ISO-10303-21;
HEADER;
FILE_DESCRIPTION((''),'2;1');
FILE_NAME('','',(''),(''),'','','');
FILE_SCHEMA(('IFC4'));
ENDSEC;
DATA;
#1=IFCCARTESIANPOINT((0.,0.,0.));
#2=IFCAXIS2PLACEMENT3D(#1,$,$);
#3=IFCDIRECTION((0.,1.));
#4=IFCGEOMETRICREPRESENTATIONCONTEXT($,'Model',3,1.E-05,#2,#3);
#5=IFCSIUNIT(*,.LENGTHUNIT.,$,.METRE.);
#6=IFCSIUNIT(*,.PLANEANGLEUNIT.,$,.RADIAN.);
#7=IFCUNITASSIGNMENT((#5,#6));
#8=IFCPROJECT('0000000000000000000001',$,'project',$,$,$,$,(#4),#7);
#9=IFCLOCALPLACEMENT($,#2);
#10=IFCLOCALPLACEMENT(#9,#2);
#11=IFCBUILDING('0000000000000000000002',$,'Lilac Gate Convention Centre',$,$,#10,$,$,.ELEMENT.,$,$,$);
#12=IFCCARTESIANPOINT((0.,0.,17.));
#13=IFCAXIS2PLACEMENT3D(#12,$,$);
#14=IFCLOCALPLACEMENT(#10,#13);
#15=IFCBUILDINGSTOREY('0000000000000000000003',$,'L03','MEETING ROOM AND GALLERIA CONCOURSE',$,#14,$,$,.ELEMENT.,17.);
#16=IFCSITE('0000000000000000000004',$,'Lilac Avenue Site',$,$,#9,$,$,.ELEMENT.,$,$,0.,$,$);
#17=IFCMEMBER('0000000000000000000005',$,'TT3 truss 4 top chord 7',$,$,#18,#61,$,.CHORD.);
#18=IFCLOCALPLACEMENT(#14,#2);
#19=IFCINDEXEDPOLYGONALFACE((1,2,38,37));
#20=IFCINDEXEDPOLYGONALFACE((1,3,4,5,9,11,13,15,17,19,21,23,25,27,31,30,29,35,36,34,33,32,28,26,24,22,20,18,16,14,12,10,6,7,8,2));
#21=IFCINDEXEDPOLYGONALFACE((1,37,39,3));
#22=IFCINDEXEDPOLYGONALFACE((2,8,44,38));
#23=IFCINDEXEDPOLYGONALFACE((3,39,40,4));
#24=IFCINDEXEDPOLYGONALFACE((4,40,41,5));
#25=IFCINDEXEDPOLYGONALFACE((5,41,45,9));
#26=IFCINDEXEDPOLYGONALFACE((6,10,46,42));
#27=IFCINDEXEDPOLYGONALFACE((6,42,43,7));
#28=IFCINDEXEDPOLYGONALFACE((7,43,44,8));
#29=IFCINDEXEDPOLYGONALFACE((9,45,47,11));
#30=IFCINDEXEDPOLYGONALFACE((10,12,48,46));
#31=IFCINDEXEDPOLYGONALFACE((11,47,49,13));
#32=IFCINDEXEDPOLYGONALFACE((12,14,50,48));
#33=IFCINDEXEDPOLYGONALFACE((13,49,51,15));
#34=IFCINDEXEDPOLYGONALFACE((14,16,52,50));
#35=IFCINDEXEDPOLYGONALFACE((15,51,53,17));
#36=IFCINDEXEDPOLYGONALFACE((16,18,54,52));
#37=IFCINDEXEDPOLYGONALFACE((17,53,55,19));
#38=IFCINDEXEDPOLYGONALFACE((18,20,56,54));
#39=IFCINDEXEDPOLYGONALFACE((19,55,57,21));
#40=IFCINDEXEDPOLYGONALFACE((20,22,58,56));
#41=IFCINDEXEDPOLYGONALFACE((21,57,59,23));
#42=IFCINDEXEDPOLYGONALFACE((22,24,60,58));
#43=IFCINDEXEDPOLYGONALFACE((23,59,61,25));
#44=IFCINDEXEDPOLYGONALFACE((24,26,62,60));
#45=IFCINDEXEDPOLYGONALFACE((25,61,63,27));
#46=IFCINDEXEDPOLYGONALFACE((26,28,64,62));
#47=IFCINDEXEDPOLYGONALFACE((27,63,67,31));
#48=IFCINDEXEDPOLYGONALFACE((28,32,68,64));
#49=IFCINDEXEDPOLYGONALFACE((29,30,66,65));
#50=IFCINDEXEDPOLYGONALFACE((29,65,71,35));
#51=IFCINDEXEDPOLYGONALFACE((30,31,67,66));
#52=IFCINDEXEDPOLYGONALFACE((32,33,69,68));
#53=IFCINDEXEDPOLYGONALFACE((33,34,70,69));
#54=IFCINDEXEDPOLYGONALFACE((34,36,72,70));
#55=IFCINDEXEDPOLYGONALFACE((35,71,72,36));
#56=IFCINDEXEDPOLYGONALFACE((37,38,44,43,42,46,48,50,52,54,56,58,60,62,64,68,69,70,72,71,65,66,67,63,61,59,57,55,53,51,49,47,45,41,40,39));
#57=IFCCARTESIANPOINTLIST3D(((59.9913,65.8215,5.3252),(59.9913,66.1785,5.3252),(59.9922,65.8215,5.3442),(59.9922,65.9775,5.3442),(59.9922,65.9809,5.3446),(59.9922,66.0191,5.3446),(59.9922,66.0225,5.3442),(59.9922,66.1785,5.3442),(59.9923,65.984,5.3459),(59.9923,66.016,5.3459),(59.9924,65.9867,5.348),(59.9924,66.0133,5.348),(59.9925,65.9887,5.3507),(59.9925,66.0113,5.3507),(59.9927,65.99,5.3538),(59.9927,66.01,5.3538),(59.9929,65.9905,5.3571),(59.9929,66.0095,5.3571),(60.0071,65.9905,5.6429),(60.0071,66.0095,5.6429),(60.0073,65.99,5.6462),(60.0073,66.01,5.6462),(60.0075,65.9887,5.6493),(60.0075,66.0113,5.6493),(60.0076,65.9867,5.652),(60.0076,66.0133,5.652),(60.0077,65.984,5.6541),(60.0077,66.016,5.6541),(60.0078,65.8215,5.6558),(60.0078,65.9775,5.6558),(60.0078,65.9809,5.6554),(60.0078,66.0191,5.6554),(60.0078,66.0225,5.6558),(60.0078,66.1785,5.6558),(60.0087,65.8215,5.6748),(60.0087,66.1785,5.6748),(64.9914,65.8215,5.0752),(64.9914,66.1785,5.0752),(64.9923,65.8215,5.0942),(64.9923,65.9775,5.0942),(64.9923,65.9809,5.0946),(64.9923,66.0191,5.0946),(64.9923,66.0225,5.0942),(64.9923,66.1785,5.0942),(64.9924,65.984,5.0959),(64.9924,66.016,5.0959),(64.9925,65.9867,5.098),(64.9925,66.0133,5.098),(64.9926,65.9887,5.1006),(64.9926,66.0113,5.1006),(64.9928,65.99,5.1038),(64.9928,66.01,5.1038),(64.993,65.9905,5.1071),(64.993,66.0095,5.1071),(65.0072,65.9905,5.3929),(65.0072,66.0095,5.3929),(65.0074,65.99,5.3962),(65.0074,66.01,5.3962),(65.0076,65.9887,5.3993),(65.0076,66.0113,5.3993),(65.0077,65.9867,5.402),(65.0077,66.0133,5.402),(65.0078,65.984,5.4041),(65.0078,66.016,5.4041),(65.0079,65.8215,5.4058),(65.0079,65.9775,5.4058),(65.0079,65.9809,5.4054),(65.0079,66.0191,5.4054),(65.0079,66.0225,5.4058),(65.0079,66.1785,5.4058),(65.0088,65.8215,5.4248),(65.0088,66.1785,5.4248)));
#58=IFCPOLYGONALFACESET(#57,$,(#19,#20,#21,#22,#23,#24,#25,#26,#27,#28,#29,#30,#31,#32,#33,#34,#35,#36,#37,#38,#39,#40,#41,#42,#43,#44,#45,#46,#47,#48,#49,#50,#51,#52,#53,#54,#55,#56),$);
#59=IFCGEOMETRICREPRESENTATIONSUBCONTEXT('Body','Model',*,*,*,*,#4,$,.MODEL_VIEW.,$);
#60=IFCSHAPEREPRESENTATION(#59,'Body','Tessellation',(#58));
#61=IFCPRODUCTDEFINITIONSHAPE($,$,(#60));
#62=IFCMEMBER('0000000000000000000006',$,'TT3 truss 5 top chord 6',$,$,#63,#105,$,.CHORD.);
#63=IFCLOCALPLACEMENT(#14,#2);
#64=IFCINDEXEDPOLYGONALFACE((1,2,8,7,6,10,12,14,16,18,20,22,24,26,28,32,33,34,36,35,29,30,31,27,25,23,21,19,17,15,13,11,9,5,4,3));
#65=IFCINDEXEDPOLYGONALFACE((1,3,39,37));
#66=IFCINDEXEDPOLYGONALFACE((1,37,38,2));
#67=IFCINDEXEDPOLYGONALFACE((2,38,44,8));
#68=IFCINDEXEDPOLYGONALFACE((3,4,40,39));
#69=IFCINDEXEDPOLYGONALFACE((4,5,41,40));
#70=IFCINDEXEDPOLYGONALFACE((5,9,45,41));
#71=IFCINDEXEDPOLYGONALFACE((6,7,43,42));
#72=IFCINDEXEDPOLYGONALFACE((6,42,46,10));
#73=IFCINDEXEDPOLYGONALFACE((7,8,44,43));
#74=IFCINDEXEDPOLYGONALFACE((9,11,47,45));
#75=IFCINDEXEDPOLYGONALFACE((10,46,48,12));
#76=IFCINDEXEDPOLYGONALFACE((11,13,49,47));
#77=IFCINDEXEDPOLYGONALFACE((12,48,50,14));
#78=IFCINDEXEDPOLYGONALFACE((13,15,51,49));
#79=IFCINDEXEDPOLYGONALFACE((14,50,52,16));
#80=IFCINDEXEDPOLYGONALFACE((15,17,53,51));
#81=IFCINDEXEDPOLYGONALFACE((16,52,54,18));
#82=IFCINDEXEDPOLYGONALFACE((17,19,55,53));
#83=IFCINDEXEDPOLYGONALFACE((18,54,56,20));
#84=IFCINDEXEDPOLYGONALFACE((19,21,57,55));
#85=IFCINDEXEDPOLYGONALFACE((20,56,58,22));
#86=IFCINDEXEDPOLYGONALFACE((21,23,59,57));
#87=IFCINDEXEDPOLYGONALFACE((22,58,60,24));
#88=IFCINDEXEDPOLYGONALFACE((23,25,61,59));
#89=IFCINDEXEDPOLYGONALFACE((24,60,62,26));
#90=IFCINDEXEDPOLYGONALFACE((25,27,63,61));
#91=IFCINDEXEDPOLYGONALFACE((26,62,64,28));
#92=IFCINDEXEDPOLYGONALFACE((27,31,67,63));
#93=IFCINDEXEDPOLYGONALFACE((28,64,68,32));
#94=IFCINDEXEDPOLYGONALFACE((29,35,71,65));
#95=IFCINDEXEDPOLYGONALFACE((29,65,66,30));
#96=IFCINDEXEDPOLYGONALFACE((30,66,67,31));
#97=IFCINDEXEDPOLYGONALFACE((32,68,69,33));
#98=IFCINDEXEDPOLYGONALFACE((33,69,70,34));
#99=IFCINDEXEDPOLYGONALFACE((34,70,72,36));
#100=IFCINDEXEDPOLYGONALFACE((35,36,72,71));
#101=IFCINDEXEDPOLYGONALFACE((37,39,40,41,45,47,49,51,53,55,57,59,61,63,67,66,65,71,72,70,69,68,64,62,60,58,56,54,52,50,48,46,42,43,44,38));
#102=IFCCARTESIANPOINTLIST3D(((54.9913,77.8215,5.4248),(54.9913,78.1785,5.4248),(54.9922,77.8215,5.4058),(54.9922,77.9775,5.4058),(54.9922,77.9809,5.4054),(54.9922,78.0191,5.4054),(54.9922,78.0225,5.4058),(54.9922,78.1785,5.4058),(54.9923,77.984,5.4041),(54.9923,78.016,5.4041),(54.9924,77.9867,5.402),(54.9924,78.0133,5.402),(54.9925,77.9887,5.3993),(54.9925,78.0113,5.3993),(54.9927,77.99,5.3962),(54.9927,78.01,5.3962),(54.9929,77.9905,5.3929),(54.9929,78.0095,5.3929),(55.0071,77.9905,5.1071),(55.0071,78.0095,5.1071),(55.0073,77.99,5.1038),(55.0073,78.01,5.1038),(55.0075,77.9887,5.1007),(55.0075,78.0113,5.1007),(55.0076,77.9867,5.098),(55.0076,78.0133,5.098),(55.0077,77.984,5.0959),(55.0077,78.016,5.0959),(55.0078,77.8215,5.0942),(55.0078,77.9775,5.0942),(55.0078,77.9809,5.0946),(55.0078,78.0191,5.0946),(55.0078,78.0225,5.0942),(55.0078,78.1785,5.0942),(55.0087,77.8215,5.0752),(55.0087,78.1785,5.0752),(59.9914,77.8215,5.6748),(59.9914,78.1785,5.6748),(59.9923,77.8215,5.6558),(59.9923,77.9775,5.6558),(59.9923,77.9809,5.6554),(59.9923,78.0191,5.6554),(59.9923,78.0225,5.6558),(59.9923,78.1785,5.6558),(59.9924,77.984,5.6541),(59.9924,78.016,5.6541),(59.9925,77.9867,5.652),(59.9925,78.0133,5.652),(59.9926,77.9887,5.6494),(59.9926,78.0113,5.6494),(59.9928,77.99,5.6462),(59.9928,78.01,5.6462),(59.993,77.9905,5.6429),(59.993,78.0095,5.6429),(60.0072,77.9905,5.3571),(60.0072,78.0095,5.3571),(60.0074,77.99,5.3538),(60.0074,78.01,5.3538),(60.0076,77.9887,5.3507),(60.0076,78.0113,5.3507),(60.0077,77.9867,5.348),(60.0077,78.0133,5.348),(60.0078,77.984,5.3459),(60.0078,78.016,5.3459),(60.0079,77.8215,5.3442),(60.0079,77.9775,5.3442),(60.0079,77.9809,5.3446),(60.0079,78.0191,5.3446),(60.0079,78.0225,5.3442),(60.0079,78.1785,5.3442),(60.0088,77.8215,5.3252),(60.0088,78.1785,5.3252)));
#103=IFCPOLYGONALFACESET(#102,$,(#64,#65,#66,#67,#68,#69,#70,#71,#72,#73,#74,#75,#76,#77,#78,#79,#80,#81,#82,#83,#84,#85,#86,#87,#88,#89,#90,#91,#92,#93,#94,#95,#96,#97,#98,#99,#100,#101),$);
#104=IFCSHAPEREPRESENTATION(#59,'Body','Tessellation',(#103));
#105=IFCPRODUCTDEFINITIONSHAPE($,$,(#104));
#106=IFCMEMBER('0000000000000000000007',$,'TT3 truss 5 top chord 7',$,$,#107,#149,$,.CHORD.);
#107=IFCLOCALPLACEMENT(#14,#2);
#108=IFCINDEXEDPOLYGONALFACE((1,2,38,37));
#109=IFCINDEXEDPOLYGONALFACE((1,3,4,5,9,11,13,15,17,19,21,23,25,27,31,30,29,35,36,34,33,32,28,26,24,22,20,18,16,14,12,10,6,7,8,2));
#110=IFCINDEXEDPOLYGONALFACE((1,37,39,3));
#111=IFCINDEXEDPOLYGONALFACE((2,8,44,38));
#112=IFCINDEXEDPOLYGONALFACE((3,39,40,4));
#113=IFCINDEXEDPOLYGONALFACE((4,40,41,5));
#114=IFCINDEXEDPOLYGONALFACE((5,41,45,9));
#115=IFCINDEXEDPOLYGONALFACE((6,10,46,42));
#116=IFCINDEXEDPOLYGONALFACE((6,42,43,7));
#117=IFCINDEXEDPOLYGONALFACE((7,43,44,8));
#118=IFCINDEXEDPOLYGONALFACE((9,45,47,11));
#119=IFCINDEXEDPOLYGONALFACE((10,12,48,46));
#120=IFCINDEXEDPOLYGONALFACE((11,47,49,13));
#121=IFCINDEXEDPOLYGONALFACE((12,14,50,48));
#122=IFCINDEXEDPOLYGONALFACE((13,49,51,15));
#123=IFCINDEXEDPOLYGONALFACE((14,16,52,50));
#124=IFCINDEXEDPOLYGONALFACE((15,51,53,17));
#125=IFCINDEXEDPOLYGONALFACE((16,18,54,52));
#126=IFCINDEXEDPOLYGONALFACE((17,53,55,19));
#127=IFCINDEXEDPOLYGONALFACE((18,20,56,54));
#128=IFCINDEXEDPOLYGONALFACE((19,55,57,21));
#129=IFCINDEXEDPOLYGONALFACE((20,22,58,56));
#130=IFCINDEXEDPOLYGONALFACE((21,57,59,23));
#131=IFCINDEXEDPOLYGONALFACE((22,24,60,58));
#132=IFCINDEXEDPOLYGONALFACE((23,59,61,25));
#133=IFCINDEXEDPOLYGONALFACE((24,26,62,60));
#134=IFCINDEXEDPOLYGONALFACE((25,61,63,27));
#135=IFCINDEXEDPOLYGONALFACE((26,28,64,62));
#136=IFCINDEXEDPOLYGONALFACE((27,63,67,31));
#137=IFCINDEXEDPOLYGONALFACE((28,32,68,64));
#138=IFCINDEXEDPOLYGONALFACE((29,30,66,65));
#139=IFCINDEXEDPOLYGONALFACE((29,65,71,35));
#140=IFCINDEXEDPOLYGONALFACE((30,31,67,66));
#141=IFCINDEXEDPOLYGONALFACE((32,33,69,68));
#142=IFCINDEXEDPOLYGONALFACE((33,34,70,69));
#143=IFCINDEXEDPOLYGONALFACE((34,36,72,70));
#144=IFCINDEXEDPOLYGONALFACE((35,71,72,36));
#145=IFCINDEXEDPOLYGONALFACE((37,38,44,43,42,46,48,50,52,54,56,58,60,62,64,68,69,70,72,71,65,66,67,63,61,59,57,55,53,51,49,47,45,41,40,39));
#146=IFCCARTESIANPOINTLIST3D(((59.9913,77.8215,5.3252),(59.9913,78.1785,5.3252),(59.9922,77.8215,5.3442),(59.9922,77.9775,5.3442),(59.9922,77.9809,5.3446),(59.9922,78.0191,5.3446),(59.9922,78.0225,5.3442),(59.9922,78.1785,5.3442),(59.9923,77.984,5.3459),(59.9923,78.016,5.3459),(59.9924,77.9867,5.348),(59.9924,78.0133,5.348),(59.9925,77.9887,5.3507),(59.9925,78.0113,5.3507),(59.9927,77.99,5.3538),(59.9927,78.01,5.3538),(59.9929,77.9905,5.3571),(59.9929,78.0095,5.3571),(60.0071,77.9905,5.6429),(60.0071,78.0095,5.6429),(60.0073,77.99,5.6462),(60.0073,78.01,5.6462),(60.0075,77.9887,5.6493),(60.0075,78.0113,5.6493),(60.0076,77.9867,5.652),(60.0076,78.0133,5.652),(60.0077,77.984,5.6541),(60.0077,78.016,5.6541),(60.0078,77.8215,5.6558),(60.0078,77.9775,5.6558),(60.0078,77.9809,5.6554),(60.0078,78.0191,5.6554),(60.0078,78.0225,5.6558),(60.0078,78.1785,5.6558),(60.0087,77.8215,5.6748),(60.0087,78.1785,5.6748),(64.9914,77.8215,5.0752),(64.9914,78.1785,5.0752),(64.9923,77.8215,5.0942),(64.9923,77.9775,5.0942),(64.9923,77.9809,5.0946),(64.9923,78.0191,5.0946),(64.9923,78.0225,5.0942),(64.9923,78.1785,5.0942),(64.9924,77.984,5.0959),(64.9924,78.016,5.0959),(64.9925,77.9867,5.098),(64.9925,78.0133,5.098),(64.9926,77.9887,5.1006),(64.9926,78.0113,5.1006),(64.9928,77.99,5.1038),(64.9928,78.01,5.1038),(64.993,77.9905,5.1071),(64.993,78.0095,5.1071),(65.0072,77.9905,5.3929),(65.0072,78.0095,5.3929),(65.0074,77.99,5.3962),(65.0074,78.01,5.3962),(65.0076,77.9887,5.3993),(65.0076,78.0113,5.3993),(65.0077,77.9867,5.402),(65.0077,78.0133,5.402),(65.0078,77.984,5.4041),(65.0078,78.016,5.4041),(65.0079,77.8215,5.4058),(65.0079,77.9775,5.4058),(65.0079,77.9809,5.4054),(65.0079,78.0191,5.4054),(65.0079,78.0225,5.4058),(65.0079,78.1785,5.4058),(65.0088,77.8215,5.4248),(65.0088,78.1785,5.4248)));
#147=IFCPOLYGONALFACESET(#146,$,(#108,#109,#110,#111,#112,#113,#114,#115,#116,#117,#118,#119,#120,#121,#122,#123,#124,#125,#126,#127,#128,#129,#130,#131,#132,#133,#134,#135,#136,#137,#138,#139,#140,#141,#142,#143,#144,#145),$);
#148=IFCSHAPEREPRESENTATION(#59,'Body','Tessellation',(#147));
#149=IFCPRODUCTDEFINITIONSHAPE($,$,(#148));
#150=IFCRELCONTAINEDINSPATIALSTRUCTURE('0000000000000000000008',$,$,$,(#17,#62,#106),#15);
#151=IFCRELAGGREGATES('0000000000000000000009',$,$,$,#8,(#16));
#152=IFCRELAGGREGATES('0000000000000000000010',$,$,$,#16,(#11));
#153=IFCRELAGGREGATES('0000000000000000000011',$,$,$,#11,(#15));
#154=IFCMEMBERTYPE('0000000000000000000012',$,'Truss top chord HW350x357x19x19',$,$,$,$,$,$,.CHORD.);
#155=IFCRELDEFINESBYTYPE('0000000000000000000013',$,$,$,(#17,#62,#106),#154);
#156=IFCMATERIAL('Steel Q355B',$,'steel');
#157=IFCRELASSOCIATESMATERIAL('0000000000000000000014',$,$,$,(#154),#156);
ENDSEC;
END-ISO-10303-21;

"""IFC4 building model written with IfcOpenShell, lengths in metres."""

from ifc_helpers import new_model, si_unit, direction, frame, origin, origin_2d, place, context, subcontext, project, spatial, i_section, extrude, material, material_profile, profile_set, type_object, element, save


model = new_model("IFC4")

# Units and contexts
model_context = context("Model", 3, precision=1e-05, world=origin(), true_north=direction((0.0, 1.0)))
body_context = subcontext(model_context, "Body", "Model", "MODEL_VIEW")
ifc_project = project(units=[si_unit("LENGTHUNIT", "METRE"), si_unit("PLANEANGLEUNIT", "RADIAN")], contexts=[model_context])

# Site, building, storey
site_placement = place(None, origin())
site = spatial("IfcSite", under=ifc_project, at=site_placement, Name="Lilac Avenue Site", CompositionType="ELEMENT", RefElevation=0.0)
building_placement = place(site_placement, origin())
building = spatial("IfcBuilding", under=site, at=building_placement, Name="Lilac Gate Convention Centre", CompositionType="ELEMENT")
storey_placement = place(building_placement, frame((0.0, 0.0, 17.0)))
storey = spatial("IfcBuildingStorey", under=building, at=storey_placement, Name="L03", Description="MEETING ROOM AND GALLERIA CONCOURSE", CompositionType="ELEMENT", Elevation=17.0)

# Members
ifc_material = material(Name="Steel Q355B", Category="steel")
ifc_material_profile_1 = material_profile(ifc_material, i_section(OverallWidth=0.3569, OverallDepth=0.3501, WebThickness=0.019, FlangeThickness=0.019, FilletRadius=0.0129, at=origin_2d()), Name="HW350x357x19x19")
ifc_profile_set_1 = profile_set([ifc_material_profile_1], Name="Steel Q355B")
member_type_1 = type_object("IfcMemberType", Name="Truss top chord HW350x357x19x19", PredefinedType="CHORD", material=ifc_profile_set_1)
for number, where, z_axis, x_axis, name in (
    (1, (60.0, 66.0, 5.5), (0.998752, 0.0, -0.049938), (0.0, 1.0, 0.0), "TT3 truss 4 top chord 7"),
    (2, (55.0, 78.0, 5.25), (0.998752, 0.0, 0.049938), (0.0, 1.0, 0.0), "TT3 truss 5 top chord 6"),
    (3, (60.0, 78.0, 5.5), (0.998752, 0.0, -0.049938), (0.0, 1.0, 0.0), "TT3 truss 5 top chord 7"),
):
    element("IfcMember", number, at=place(storey_placement, frame(where, z_axis=z_axis, x_axis=x_axis)), inside=storey, type_object=member_type_1, Name=name, PredefinedType="CHORD", context=body_context, shape_type="SweptSolid", body=[
        extrude(i_section(OverallWidth=0.3569, OverallDepth=0.3501, WebThickness=0.019, FlangeThickness=0.019, FilletRadius=0.0129, at=origin_2d()), origin(), (0.0, 0.0, 1.0), 5.0063),
    ])

save(model, "model.ifc")
